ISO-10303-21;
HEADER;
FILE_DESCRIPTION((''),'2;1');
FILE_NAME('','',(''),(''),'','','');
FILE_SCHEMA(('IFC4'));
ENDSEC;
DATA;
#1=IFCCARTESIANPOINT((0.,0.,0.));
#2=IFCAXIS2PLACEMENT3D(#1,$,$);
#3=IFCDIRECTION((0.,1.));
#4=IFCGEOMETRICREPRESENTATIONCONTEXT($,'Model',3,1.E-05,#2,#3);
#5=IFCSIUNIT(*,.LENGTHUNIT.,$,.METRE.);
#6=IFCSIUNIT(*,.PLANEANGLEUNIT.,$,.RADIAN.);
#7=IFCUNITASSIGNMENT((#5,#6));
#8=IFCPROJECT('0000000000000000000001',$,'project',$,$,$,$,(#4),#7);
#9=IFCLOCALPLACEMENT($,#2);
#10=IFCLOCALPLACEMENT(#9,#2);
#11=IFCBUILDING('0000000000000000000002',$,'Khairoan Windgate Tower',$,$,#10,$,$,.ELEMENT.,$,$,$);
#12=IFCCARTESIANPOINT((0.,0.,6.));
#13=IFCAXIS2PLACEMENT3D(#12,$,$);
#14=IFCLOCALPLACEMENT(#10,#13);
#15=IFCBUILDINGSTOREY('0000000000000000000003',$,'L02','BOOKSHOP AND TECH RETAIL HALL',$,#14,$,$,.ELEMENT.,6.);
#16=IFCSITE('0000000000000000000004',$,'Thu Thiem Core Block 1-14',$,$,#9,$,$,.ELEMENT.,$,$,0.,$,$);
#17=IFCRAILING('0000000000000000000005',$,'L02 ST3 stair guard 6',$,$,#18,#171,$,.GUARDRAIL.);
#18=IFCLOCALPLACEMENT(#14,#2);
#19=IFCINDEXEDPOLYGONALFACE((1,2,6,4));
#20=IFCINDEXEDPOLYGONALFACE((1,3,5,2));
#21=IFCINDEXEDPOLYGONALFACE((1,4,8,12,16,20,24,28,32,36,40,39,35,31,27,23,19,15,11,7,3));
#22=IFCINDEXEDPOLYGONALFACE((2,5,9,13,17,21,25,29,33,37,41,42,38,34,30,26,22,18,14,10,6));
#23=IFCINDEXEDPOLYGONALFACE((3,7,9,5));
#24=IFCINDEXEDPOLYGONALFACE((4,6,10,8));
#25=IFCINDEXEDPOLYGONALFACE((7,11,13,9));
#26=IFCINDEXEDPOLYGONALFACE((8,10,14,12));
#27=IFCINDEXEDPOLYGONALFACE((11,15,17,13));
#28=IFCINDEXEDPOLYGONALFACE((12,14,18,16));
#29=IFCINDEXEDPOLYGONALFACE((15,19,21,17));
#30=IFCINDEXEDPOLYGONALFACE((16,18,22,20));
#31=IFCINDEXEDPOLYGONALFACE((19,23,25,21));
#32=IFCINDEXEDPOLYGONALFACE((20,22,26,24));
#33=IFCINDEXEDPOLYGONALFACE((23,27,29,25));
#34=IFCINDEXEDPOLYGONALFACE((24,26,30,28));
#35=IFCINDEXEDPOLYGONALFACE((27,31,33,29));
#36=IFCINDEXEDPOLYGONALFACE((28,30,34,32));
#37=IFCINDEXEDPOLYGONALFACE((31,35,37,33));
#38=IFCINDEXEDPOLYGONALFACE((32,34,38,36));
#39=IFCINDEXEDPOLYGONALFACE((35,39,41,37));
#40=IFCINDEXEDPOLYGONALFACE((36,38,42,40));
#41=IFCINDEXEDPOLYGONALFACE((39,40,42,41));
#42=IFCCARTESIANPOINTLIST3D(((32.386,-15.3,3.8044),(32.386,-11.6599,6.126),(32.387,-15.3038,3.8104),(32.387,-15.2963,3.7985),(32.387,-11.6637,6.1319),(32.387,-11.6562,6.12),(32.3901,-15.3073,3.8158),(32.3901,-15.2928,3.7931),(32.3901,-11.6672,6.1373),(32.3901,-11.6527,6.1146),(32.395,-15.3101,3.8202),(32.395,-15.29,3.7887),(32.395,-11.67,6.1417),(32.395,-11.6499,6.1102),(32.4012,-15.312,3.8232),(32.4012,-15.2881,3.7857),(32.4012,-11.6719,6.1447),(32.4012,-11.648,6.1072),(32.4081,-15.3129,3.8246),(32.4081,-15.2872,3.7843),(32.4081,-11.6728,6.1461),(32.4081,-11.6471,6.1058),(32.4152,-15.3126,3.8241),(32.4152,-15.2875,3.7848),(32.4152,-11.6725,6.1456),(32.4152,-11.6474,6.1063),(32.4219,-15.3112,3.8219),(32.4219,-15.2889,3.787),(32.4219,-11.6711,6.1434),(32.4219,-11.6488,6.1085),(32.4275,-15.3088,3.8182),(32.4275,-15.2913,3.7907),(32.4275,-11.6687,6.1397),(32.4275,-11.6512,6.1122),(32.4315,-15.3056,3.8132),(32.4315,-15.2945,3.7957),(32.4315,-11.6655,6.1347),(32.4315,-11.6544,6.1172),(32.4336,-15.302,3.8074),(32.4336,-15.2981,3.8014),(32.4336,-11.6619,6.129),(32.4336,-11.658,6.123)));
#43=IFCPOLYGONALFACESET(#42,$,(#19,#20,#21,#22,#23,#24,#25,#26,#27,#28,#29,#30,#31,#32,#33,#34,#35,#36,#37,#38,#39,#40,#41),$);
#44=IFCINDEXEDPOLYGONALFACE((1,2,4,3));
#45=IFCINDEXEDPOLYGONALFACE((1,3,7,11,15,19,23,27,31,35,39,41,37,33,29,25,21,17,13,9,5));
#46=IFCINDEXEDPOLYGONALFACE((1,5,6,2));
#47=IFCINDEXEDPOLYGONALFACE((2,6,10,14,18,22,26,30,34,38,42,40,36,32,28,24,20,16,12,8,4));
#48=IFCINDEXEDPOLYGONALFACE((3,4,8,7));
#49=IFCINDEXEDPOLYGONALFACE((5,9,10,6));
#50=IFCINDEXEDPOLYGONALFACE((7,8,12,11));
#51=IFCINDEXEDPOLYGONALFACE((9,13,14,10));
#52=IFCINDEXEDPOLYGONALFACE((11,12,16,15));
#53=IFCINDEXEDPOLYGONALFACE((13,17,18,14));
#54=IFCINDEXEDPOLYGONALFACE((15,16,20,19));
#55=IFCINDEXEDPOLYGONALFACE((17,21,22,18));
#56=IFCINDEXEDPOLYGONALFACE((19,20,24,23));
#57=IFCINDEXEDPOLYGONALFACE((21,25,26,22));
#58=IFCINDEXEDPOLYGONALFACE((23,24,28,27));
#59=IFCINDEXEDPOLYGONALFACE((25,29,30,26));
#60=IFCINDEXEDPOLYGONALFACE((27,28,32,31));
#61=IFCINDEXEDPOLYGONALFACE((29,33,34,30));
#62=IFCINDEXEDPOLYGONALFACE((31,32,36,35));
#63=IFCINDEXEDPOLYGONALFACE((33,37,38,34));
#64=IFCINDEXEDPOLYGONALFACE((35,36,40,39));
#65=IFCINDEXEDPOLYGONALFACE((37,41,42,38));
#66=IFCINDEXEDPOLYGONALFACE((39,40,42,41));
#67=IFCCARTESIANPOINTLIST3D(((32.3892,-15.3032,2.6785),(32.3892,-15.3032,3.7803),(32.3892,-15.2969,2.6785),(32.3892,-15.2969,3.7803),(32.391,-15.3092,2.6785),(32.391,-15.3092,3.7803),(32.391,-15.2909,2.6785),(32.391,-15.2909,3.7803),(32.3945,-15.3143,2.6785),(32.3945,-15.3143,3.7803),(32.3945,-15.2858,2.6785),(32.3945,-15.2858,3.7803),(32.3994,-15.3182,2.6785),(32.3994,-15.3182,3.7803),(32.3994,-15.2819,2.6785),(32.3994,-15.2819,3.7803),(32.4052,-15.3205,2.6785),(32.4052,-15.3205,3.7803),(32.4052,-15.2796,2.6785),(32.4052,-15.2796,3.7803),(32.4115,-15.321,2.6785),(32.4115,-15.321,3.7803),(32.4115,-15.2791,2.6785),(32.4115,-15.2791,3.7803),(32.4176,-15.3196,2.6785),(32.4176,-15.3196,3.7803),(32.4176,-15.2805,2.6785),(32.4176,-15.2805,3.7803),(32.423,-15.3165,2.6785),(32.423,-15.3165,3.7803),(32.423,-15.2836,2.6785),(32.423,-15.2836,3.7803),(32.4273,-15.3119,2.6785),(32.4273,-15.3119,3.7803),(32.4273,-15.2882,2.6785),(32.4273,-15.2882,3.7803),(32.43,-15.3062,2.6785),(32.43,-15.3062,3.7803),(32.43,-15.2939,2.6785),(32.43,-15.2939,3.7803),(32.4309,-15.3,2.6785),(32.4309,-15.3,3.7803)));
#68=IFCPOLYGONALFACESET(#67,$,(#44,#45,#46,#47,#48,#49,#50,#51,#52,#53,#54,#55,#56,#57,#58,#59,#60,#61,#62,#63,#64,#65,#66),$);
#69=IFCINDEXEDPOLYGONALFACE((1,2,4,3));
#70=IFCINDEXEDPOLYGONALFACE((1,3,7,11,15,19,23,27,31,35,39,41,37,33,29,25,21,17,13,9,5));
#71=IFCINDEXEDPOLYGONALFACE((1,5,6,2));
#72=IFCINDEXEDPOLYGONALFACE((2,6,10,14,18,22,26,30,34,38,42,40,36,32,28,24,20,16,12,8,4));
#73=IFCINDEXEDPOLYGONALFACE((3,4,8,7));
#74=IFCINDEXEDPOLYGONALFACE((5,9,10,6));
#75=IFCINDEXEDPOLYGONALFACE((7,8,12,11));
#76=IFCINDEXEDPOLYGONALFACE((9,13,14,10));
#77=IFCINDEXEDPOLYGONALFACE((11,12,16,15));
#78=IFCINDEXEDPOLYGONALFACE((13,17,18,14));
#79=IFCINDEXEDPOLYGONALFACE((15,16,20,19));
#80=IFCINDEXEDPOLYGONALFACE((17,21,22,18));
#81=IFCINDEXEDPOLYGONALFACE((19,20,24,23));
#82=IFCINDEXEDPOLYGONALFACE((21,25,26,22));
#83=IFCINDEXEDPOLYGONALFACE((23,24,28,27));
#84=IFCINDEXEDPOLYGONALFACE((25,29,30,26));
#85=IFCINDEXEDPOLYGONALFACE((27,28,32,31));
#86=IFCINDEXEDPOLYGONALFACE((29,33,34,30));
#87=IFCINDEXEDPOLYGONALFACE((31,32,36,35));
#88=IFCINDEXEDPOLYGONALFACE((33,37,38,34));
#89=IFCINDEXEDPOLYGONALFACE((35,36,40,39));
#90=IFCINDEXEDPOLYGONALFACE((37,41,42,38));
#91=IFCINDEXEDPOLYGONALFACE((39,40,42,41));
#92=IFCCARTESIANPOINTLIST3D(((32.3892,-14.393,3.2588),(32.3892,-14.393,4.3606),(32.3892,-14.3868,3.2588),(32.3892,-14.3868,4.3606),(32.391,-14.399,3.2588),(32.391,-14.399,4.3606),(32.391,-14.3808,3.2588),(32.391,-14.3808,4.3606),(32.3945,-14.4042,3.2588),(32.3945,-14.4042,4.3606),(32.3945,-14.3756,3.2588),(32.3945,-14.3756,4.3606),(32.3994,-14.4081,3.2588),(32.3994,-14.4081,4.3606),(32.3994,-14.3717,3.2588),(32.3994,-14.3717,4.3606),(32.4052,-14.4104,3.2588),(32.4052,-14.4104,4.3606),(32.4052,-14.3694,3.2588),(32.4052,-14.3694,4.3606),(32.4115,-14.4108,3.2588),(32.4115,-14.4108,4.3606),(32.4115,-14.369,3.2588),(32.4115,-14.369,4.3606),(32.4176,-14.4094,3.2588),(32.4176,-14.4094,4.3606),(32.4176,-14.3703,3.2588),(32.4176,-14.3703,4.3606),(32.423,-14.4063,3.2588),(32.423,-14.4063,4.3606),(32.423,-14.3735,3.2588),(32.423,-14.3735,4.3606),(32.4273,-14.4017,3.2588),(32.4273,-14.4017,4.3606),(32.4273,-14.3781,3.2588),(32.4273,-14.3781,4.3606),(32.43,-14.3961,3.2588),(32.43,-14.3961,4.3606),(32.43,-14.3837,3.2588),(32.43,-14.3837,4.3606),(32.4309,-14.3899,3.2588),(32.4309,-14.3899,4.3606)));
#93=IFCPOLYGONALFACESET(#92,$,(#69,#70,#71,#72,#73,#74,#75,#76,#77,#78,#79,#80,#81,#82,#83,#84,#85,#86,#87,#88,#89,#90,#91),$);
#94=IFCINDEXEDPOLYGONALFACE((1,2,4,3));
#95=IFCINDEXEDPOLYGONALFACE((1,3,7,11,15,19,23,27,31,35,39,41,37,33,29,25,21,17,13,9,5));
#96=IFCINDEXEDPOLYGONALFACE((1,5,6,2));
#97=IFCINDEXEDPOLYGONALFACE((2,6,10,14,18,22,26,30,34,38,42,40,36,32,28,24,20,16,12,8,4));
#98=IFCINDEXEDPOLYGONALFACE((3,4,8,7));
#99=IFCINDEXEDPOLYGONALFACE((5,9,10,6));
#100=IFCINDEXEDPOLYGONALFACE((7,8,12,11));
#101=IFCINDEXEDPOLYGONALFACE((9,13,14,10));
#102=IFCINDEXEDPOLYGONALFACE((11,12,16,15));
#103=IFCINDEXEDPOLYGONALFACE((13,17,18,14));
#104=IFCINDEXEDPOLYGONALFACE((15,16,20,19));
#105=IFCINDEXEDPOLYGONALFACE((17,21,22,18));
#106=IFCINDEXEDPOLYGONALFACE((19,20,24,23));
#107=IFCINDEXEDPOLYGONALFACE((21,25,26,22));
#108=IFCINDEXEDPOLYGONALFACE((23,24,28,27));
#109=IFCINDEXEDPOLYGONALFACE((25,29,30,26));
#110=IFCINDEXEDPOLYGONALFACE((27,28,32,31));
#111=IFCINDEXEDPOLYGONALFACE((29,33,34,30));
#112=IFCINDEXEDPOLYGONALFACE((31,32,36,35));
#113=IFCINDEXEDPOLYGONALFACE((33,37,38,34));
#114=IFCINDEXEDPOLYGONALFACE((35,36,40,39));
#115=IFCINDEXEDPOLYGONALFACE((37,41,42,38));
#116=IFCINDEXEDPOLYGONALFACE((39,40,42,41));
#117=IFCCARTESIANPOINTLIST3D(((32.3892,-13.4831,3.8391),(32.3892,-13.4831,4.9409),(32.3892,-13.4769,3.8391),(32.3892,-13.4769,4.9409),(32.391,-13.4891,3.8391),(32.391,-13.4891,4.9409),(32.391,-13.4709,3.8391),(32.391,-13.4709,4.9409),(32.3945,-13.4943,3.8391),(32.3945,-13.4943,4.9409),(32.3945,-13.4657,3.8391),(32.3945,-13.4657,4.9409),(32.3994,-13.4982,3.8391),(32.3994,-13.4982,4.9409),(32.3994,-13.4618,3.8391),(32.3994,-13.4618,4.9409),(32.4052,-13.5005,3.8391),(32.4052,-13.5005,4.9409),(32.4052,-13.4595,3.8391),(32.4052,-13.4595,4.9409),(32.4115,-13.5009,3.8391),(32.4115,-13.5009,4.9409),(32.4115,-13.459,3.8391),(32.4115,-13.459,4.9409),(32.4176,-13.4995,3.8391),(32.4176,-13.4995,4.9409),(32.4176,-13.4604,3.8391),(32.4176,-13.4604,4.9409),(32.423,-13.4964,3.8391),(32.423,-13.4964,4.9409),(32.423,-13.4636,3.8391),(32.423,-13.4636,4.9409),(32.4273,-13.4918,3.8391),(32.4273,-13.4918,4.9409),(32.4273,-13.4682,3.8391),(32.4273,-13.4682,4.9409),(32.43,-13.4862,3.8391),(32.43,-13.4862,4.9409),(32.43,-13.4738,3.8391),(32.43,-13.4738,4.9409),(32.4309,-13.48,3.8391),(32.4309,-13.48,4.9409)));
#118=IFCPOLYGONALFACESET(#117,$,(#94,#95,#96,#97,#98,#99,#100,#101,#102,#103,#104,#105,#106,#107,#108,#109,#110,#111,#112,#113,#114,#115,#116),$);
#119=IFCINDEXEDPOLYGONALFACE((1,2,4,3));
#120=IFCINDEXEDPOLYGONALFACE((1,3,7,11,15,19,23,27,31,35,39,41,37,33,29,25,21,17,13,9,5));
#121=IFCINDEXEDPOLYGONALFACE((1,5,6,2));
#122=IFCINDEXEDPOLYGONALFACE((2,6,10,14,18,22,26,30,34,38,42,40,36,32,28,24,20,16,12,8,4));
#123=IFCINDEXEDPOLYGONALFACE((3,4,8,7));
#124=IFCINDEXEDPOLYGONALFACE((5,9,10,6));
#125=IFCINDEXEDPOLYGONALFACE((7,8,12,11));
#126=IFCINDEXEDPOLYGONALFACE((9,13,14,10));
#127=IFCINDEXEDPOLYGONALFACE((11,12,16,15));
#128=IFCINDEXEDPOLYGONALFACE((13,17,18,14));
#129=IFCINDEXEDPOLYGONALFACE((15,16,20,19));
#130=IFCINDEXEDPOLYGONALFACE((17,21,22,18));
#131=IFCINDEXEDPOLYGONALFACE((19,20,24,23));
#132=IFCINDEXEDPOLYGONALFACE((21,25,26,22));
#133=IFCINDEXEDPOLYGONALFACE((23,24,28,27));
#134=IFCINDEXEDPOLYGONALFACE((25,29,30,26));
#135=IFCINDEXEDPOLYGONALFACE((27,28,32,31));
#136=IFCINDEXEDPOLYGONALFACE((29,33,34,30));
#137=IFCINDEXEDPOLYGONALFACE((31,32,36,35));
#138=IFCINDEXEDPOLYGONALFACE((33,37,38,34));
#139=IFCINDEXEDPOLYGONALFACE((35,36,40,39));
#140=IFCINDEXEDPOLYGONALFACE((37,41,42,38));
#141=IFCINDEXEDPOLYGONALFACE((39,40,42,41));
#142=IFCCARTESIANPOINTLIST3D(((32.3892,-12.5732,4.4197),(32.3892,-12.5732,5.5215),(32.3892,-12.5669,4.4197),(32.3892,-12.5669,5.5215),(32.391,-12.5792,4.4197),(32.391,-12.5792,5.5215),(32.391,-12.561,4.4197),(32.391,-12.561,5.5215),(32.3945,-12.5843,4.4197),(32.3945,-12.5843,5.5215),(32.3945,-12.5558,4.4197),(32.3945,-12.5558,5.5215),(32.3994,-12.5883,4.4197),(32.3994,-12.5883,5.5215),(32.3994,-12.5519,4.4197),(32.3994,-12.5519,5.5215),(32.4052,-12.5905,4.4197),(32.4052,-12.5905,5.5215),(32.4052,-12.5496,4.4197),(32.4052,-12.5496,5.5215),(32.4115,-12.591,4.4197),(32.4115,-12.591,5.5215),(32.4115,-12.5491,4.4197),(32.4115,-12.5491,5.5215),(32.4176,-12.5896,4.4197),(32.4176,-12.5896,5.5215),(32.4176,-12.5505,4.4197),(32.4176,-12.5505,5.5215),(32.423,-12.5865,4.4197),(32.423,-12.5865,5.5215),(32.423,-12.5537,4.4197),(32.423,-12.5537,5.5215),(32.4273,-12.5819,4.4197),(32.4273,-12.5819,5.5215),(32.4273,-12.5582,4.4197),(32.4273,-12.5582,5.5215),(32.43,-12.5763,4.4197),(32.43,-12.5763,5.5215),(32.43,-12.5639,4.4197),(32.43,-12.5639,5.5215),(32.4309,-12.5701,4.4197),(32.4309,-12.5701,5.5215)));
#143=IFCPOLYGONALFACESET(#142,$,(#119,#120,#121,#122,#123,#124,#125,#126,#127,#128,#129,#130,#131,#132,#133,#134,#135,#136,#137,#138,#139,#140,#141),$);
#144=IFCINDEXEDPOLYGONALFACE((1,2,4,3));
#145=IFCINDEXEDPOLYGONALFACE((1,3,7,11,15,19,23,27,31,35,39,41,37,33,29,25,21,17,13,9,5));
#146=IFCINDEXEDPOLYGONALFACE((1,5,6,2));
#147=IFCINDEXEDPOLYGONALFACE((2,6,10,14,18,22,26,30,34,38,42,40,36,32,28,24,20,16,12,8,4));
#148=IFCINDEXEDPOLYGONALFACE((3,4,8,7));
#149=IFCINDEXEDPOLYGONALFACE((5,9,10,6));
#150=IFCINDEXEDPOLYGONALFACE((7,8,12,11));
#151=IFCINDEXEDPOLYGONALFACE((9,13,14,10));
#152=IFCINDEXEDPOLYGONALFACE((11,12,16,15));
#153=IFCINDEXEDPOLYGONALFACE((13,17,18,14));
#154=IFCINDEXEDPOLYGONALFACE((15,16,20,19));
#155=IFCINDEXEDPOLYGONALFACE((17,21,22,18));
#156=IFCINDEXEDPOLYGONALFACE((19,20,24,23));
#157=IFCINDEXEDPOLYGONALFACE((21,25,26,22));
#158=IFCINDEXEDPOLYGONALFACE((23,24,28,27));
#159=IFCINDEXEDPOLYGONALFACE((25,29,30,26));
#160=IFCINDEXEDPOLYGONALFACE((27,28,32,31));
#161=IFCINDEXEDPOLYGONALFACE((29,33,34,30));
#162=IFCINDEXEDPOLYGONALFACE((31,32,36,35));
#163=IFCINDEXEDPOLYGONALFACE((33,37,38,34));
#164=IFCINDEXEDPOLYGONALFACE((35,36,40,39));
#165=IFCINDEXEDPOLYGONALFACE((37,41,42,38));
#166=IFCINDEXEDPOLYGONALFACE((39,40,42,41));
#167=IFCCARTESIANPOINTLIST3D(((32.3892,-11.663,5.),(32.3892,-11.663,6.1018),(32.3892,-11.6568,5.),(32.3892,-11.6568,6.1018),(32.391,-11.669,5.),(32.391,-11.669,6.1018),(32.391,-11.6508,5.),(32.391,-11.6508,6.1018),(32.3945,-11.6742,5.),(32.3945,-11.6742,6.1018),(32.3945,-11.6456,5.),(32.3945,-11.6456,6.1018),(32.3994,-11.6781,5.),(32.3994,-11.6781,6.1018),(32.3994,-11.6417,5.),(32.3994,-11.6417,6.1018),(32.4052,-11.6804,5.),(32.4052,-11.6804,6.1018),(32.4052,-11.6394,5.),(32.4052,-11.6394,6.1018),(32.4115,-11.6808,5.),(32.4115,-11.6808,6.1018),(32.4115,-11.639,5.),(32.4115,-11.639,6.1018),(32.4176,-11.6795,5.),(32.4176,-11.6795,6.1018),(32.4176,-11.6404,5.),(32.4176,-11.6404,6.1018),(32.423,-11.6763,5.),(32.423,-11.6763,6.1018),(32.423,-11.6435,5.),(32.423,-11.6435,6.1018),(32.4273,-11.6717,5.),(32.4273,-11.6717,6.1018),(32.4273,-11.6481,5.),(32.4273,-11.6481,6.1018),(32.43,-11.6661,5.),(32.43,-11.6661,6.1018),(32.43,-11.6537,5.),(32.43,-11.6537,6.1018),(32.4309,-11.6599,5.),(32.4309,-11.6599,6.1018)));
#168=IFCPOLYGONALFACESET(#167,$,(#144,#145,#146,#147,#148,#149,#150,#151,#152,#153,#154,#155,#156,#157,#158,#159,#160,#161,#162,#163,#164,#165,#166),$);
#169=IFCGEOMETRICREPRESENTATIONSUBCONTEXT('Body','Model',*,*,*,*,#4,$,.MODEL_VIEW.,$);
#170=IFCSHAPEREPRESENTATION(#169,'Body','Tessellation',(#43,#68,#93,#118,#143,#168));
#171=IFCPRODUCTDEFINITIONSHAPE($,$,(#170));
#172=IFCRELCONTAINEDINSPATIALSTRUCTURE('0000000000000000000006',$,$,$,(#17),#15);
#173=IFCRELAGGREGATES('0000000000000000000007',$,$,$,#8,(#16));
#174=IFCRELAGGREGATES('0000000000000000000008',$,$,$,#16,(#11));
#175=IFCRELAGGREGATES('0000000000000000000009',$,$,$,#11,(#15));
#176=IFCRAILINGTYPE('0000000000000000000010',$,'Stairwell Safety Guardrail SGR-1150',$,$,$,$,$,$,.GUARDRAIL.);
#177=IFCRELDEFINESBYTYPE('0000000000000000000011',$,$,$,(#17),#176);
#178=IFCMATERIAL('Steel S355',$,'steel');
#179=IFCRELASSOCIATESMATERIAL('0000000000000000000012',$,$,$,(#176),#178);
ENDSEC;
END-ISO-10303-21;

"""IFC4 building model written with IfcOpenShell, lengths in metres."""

from ifc_helpers import new_model, si_unit, direction, frame, origin, origin_2d, place, context, subcontext, project, spatial, circle, extrude, material, type_object, element, save


model = new_model("IFC4")

# Units and contexts
model_context = context("Model", 3, precision=1e-05, world=origin(), true_north=direction((0.0, 1.0)))
body_context = subcontext(model_context, "Body", "Model", "MODEL_VIEW")
ifc_project = project(units=[si_unit("LENGTHUNIT", "METRE"), si_unit("PLANEANGLEUNIT", "RADIAN")], contexts=[model_context])

# Site, building, storey
site_placement = place(None, origin())
site = spatial("IfcSite", under=ifc_project, at=site_placement, Name="Thu Thiem Core Block 1-14", CompositionType="ELEMENT", RefElevation=0.0)
building_placement = place(site_placement, origin())
building = spatial("IfcBuilding", under=site, at=building_placement, Name="Khairoan Windgate Tower", CompositionType="ELEMENT")
storey_placement = place(building_placement, frame((0.0, 0.0, 6.0)))
storey = spatial("IfcBuildingStorey", under=building, at=storey_placement, Name="L02", Description="BOOKSHOP AND TECH RETAIL HALL", CompositionType="ELEMENT", Elevation=6.0)

# Railing
ifc_material_1 = material(Name="Steel S355", Category="steel")
railing_type_1 = type_object("IfcRailingType", Name="Stairwell Safety Guardrail SGR-1150", PredefinedType="GUARDRAIL", material=ifc_material_1)
railing_1_placement = place(storey_placement, frame((32.4099, -15.3, 2.6785)))
element("IfcRailing", 1, at=railing_1_placement, inside=storey, type_object=railing_type_1, Name="L02 ST3 stair guard 6", PredefinedType="GUARDRAIL", context=body_context, shape_type="SweptSolid", body=[
    extrude(circle(Radius=0.0239, at=origin_2d()), frame((0.0, 0.0, 1.126), z_axis=(0.0, 0.843128, 0.537713), x_axis=(-1.0, 0.0, 0.0)), (0.0, 0.0, 1.0), 4.3174),
    extrude(circle(Radius=0.021, at=origin_2d()), origin(), (0.0, 0.0, 1.0), 1.1018),
    extrude(circle(Radius=0.021, at=origin_2d()), frame((0.0, 0.9102, 0.5803)), (0.0, 0.0, 1.0), 1.1018),
    extrude(circle(Radius=0.021, at=origin_2d()), frame((0.0, 1.8201, 1.1606)), (0.0, 0.0, 1.0), 1.1018),
    extrude(circle(Radius=0.021, at=origin_2d()), frame((0.0, 2.73, 1.7412)), (0.0, 0.0, 1.0), 1.1018),
    extrude(circle(Radius=0.021, at=origin_2d()), frame((0.0, 3.6401, 2.3215)), (0.0, 0.0, 1.0), 1.1018),
])

save(model, "model.ifc")
